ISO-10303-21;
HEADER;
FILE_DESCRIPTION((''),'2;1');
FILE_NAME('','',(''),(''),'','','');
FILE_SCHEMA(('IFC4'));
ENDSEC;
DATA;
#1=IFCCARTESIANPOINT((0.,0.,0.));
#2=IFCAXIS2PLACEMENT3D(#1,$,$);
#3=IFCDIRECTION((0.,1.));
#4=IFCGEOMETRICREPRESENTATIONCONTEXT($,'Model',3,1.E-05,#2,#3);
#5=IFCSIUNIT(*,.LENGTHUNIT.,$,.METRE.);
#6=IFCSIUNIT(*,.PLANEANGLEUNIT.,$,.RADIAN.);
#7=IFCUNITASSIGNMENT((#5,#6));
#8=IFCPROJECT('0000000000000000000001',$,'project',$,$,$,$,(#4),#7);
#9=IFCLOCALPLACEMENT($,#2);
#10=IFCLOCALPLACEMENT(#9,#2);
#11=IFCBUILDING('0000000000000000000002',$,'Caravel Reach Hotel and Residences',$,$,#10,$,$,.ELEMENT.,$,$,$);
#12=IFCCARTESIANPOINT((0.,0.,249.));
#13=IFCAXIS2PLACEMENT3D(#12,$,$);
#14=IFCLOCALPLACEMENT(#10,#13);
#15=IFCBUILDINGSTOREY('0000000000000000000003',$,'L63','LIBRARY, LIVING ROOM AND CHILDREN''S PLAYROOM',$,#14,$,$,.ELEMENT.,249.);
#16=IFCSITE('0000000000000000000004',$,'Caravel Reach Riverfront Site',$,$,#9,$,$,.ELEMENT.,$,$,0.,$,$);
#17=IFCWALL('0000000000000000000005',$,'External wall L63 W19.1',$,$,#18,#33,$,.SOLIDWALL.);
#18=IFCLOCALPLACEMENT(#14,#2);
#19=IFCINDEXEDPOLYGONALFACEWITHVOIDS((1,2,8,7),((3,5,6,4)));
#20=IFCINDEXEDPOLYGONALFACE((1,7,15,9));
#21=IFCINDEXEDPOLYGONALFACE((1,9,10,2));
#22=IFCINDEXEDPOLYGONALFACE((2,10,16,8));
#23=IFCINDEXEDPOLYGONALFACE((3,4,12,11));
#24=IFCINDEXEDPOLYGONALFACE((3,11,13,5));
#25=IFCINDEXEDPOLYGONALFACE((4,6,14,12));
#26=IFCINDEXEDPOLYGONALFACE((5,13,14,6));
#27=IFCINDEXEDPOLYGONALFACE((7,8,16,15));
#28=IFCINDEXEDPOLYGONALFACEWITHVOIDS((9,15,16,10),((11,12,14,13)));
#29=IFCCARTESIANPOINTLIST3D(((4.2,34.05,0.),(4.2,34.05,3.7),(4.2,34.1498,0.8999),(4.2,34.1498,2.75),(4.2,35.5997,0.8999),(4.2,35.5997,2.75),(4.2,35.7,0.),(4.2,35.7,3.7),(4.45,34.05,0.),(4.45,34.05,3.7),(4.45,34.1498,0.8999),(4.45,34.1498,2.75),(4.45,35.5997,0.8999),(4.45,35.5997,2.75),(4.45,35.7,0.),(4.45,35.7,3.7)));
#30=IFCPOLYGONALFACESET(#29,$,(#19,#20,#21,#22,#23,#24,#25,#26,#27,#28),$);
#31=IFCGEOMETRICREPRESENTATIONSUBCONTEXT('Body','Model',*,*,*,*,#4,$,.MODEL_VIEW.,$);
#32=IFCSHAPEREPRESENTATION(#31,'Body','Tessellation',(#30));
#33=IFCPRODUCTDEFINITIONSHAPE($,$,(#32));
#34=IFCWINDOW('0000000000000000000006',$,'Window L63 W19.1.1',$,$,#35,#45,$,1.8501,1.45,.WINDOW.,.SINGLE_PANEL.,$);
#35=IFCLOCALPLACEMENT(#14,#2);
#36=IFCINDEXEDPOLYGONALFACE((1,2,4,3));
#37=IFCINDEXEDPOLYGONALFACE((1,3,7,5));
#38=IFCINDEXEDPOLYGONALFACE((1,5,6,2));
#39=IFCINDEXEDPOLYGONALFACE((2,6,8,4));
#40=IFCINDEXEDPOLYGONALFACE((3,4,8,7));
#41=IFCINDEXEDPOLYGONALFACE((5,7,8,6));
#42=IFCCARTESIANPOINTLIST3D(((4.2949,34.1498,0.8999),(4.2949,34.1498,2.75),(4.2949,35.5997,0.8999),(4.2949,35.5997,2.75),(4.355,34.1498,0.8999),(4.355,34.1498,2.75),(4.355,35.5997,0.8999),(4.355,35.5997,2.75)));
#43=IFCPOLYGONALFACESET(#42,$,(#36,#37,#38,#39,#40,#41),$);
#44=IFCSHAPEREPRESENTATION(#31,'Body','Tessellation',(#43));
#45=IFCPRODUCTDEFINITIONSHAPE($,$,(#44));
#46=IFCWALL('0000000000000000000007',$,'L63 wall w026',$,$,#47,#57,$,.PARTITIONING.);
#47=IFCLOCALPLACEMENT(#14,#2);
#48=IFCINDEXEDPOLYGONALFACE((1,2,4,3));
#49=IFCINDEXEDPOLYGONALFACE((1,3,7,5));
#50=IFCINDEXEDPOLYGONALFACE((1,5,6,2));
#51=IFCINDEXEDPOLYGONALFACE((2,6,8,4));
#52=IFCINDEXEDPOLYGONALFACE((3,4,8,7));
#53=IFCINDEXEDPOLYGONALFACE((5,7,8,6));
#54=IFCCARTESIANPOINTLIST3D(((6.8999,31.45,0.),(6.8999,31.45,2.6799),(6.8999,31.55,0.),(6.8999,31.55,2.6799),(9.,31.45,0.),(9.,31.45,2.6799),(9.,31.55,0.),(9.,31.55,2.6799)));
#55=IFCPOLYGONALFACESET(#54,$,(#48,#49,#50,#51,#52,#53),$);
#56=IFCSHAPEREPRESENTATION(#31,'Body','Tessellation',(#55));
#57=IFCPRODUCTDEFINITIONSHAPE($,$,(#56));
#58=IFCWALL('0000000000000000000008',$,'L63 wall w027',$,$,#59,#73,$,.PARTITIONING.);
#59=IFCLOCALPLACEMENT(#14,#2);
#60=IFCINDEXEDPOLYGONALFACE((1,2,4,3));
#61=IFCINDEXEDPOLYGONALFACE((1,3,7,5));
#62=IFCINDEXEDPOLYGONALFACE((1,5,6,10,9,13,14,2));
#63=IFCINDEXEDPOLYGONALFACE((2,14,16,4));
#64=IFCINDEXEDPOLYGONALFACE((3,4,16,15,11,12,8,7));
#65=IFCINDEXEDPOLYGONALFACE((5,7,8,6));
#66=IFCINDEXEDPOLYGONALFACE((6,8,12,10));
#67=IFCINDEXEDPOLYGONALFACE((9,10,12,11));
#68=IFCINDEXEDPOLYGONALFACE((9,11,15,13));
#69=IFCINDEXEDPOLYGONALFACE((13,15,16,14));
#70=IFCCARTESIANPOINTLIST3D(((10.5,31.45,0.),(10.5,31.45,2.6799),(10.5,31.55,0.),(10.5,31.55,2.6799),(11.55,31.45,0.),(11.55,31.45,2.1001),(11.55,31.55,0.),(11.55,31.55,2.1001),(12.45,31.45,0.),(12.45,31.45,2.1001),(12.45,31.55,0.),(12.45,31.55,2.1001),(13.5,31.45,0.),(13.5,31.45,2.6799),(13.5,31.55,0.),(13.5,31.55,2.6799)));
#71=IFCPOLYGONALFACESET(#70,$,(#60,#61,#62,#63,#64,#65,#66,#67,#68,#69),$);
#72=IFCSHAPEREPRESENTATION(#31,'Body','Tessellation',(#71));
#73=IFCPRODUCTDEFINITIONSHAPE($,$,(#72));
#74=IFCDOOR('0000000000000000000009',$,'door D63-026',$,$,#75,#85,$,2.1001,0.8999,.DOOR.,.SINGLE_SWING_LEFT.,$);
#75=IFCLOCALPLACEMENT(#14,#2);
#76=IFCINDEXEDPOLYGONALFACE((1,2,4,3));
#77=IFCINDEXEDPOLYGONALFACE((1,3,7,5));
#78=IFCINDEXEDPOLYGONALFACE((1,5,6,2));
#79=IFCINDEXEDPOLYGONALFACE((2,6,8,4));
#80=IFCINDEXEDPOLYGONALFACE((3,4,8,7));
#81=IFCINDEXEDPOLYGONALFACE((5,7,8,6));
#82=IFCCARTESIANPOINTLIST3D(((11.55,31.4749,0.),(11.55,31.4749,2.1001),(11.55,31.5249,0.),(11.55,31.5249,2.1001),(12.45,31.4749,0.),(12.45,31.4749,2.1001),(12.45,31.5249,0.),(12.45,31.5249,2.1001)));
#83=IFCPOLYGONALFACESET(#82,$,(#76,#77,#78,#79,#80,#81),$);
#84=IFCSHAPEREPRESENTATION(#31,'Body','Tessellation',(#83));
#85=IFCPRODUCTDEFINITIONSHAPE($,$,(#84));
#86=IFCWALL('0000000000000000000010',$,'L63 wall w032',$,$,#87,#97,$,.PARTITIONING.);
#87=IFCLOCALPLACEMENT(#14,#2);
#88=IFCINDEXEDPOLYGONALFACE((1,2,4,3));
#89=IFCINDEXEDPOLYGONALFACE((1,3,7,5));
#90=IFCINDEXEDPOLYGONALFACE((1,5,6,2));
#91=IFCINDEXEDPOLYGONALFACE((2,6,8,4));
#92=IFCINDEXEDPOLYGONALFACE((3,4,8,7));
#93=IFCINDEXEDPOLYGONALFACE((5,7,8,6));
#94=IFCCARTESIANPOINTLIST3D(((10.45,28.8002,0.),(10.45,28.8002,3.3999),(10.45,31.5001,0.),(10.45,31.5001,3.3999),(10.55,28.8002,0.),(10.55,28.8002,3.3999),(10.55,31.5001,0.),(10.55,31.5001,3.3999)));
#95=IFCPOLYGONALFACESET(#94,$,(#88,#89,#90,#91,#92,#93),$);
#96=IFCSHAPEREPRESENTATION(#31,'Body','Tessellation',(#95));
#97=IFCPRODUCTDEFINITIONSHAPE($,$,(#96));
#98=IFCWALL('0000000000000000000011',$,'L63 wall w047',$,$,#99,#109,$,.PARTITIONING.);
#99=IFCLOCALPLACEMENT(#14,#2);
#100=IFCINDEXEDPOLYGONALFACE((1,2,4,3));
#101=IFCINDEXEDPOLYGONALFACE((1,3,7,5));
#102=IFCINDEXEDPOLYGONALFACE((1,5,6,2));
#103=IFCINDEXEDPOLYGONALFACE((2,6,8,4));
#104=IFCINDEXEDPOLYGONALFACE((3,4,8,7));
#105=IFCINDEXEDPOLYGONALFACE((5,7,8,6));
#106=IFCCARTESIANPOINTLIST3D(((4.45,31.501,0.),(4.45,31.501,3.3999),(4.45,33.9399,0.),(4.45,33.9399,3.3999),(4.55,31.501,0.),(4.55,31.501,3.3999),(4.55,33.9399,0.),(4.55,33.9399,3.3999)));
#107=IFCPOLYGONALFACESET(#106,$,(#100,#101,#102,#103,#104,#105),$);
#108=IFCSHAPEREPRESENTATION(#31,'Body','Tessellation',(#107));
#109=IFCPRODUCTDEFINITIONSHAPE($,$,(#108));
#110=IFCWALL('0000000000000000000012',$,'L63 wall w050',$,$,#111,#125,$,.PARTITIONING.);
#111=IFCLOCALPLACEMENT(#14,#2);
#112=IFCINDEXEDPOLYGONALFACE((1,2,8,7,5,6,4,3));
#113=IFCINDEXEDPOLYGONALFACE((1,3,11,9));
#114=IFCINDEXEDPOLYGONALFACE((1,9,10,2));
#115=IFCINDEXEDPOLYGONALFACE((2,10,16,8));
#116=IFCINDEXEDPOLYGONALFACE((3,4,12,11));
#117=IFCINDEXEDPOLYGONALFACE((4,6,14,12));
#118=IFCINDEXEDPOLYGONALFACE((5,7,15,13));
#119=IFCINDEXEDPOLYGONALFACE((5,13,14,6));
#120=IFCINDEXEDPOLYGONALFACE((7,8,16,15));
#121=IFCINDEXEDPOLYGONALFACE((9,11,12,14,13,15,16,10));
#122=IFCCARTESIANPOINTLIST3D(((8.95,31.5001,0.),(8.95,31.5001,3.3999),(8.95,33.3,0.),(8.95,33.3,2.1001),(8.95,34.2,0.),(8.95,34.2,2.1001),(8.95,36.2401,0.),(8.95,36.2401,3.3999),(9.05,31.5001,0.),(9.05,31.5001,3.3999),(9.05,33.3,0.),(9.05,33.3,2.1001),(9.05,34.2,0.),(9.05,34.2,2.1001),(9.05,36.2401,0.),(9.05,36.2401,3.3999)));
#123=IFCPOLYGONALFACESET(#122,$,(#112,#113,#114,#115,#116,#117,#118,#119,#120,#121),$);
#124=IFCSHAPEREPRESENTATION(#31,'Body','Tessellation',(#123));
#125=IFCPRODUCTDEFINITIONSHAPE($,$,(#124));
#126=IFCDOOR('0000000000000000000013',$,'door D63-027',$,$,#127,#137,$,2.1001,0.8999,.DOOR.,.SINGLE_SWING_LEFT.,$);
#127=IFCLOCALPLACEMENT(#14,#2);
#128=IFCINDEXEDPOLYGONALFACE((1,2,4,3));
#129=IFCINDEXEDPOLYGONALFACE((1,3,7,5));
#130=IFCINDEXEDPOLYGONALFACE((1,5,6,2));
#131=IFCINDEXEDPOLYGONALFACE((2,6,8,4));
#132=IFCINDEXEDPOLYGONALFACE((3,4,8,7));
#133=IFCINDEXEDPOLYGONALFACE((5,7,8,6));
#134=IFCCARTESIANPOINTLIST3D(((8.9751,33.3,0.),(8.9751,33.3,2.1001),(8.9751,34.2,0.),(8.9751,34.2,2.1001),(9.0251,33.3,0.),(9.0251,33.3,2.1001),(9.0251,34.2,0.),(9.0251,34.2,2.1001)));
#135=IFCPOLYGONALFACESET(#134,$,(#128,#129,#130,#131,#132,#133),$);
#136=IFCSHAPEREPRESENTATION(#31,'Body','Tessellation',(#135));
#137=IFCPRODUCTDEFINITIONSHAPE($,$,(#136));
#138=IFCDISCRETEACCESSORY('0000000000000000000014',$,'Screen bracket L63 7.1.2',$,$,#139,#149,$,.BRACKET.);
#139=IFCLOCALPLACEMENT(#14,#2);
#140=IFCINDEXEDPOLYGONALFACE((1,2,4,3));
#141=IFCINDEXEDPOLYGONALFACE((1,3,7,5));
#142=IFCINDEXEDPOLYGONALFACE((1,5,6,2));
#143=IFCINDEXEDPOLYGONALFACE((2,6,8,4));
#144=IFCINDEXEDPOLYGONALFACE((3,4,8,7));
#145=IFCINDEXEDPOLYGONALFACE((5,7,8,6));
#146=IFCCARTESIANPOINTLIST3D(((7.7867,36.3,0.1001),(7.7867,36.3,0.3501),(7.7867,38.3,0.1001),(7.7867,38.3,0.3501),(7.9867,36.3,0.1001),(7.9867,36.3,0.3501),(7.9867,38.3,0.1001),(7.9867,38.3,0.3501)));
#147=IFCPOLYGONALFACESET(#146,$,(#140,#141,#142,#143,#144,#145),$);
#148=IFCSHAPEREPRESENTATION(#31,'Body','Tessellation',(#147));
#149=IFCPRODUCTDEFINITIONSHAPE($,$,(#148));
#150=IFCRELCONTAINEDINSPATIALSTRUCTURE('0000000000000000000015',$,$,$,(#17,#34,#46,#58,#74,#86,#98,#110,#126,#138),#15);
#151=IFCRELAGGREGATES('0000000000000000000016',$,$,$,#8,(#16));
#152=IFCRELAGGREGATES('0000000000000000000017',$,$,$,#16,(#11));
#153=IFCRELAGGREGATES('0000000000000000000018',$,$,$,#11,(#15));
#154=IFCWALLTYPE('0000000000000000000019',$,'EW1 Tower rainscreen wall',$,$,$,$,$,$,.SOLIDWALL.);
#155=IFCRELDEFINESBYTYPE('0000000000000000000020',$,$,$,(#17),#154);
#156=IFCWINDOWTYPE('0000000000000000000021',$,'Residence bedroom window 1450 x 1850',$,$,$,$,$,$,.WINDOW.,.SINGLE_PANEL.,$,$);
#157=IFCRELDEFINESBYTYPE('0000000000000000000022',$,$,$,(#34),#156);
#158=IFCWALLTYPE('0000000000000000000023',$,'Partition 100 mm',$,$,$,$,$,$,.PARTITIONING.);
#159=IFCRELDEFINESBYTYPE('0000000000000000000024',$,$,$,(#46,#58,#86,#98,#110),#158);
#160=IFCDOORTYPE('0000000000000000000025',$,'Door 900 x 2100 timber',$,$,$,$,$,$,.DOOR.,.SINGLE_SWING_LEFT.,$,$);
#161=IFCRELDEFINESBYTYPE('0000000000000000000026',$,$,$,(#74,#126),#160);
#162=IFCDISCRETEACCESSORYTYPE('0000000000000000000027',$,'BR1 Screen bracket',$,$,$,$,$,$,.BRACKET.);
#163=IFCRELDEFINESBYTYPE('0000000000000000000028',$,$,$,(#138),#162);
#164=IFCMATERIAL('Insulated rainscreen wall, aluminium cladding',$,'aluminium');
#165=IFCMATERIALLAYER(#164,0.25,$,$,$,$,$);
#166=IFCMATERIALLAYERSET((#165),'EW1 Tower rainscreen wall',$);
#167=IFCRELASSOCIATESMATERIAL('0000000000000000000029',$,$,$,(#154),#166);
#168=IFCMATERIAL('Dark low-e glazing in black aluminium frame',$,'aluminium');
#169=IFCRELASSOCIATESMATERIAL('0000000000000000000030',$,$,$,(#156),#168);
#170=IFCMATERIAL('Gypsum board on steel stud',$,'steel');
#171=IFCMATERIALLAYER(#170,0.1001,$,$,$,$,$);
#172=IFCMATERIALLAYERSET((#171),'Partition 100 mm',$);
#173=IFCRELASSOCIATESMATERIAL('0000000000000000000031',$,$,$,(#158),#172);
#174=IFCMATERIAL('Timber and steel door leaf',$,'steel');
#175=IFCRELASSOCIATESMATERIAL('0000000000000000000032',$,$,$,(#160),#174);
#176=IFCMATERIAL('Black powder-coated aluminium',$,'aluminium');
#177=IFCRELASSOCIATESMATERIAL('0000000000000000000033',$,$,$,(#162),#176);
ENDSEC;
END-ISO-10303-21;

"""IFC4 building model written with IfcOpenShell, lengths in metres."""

from ifc_helpers import new_model, si_unit, direction, frame, frame_2d, origin, origin_2d, place, context, subcontext, project, spatial, rectangle, extrude, material, layer, layer_set, type_object, element, fill, save


model = new_model("IFC4")

# Units and contexts
model_context = context("Model", 3, precision=1e-05, world=origin(), true_north=direction((0.0, 1.0)))
body_context = subcontext(model_context, "Body", "Model", "MODEL_VIEW")
ifc_project = project(units=[si_unit("LENGTHUNIT", "METRE"), si_unit("PLANEANGLEUNIT", "RADIAN")], contexts=[model_context])

# Site, building, storey
site_placement = place(None, origin())
site = spatial("IfcSite", under=ifc_project, at=site_placement, Name="Caravel Reach Riverfront Site", CompositionType="ELEMENT", RefElevation=0.0)
building_placement = place(site_placement, origin())
building = spatial("IfcBuilding", under=site, at=building_placement, Name="Caravel Reach Hotel and Residences", CompositionType="ELEMENT")
storey_placement = place(building_placement, frame((0.0, 0.0, 249.0)))
storey = spatial("IfcBuildingStorey", under=building, at=storey_placement, Name="L63", Description="LIBRARY, LIVING ROOM AND CHILDREN'S PLAYROOM", CompositionType="ELEMENT", Elevation=249.0)

# Wall, opening, window
ifc_material_1 = material(Name="Insulated rainscreen wall, aluminium cladding", Category="aluminium")
ifc_layer_1 = layer(ifc_material_1, 0.25)
ifc_layer_set_1 = layer_set([ifc_layer_1], Name="EW1 Tower rainscreen wall")
wall_type_1 = type_object("IfcWallType", Name="EW1 Tower rainscreen wall", PredefinedType="SOLIDWALL", material=ifc_layer_set_1)
wall_1_placement = place(storey_placement, frame((4.325, 35.7, 0.0), z_axis=(0.0, 0.0, 1.0), x_axis=(0.0, -1.0, 0.0)))
wall_1 = element("IfcWall", 1, at=wall_1_placement, inside=storey, type_object=wall_type_1, Name="External wall L63 W19.1", PredefinedType="SOLIDWALL", context=body_context, shape_type="SweptSolid", body=[
    extrude(rectangle(XDim=1.6499, YDim=0.25, at=frame_2d((0.825, 0.0))), origin(), (0.0, 0.0, 1.0), 3.7),
])
opening_1_placement = place(wall_1_placement, frame((0.1001, 0.0, 0.8999)))
opening_1 = element("IfcOpeningElement", 2, at=opening_1_placement, cuts=wall_1, PredefinedType="OPENING", context=body_context, shape_type="SweptSolid", body=[
    extrude(rectangle(XDim=1.45, YDim=1.8501, at=frame_2d((0.7251, 0.925))), frame((0.0, 0.135, 0.0), z_axis=(0.0, -1.0, 0.0), x_axis=(1.0, 0.0, 0.0)), (0.0, 0.0, 1.0), 0.27),
])
ifc_material_2 = material(Name="Dark low-e glazing in black aluminium frame", Category="aluminium")
window_type = type_object("IfcWindowType", Name="Residence bedroom window 1450 x 1850", PartitioningType="SINGLE_PANEL", PredefinedType="WINDOW", material=ifc_material_2)
window_placement = place(opening_1_placement, origin())
window = element("IfcWindow", 3, at=window_placement, inside=storey, type_object=window_type, Name="Window L63 W19.1.1", OverallHeight=1.8501, OverallWidth=1.45, PartitioningType="SINGLE_PANEL", PredefinedType="WINDOW", context=body_context, shape_type="SweptSolid", body=[
    extrude(rectangle(XDim=1.45, YDim=1.8501, at=frame_2d((0.7251, 0.925))), frame((0.0, 0.03, 0.0), z_axis=(0.0, -1.0, 0.0), x_axis=(1.0, 0.0, 0.0)), (0.0, 0.0, 1.0), 0.0601),
])
fill(opening_1, window)

# Wall
ifc_material_3 = material(Name="Gypsum board on steel stud", Category="steel")
ifc_layer_2 = layer(ifc_material_3, 0.1001)
ifc_layer_set_2 = layer_set([ifc_layer_2], Name="Partition 100 mm")
wall_type_2 = type_object("IfcWallType", Name="Partition 100 mm", PredefinedType="PARTITIONING", material=ifc_layer_set_2)
wall_2_placement = place(storey_placement, frame((6.8999, 31.5, 0.0), z_axis=(0.0, 0.0, 1.0), x_axis=(1.0, 0.0, 0.0)))
element("IfcWall", 4, at=wall_2_placement, inside=storey, type_object=wall_type_2, Name="L63 wall w026", PredefinedType="PARTITIONING", context=body_context, shape_type="SweptSolid", body=[
    extrude(rectangle(XDim=2.1001, YDim=0.1001, at=frame_2d((1.05, 0.0))), origin(), (0.0, 0.0, 1.0), 2.6799),
])

# Wall, opening, door
wall_3_placement = place(storey_placement, frame((10.5, 31.5, 0.0), z_axis=(0.0, 0.0, 1.0), x_axis=(1.0, 0.0, 0.0)))
wall_3 = element("IfcWall", 5, at=wall_3_placement, inside=storey, type_object=wall_type_2, Name="L63 wall w027", PredefinedType="PARTITIONING", context=body_context, shape_type="SweptSolid", body=[
    extrude(rectangle(XDim=3.0, YDim=0.1001, at=frame_2d((1.5, 0.0))), origin(), (0.0, 0.0, 1.0), 2.6799),
])
opening_2_placement = place(wall_3_placement, frame((1.05, 0.0, 0.0)))
opening_2 = element("IfcOpeningElement", 6, at=opening_2_placement, cuts=wall_3, PredefinedType="OPENING", context=body_context, shape_type="SweptSolid", body=[
    extrude(rectangle(XDim=0.8999, YDim=2.1001, at=frame_2d((0.45, 1.05))), frame((0.0, 0.0601, 0.0), z_axis=(0.0, -1.0, 0.0), x_axis=(1.0, 0.0, 0.0)), (0.0, 0.0, 1.0), 0.1201),
])
ifc_material_4 = material(Name="Timber and steel door leaf", Category="steel")
door_type_1 = type_object("IfcDoorType", Name="Door 900 x 2100 timber", OperationType="SINGLE_SWING_LEFT", PredefinedType="DOOR", material=ifc_material_4)
door_1_placement = place(opening_2_placement, origin())
door_1 = element("IfcDoor", 7, at=door_1_placement, inside=storey, type_object=door_type_1, Name="door D63-026", OperationType="SINGLE_SWING_LEFT", OverallHeight=2.1001, OverallWidth=0.8999, PredefinedType="DOOR", context=body_context, shape_type="SweptSolid", body=[
    extrude(rectangle(XDim=0.8999, YDim=2.1001, at=frame_2d((0.45, 1.05))), frame((0.0, 0.0249, 0.0), z_axis=(0.0, -1.0, 0.0), x_axis=(1.0, 0.0, 0.0)), (0.0, 0.0, 1.0), 0.05),
])
fill(opening_2, door_1)

# Walls
wall_4_placement = place(storey_placement, frame((10.5, 28.8, 0.0), z_axis=(0.0, 0.0, 1.0), x_axis=(0.0, 1.0, 0.0)))
element("IfcWall", 8, at=wall_4_placement, inside=storey, type_object=wall_type_2, Name="L63 wall w032", PredefinedType="PARTITIONING", context=body_context, shape_type="SweptSolid", body=[
    extrude(rectangle(XDim=2.7, YDim=0.1001, at=frame_2d((1.3501, 0.0))), origin(), (0.0, 0.0, 1.0), 3.3999),
])
wall_5_placement = place(storey_placement, frame((4.5, 31.501, 0.0), z_axis=(0.0, 0.0, 1.0), x_axis=(0.0, 1.0, 0.0)))
element("IfcWall", 9, at=wall_5_placement, inside=storey, type_object=wall_type_2, Name="L63 wall w047", PredefinedType="PARTITIONING", context=body_context, shape_type="SweptSolid", body=[
    extrude(rectangle(XDim=2.439, YDim=0.1001, at=frame_2d((1.2195, 0.0))), origin(), (0.0, 0.0, 1.0), 3.3999),
])

# Wall, opening, door
wall_6_placement = place(storey_placement, frame((9.0, 31.5, 0.0), z_axis=(0.0, 0.0, 1.0), x_axis=(0.0, 1.0, 0.0)))
wall_6 = element("IfcWall", 10, at=wall_6_placement, inside=storey, type_object=wall_type_2, Name="L63 wall w050", PredefinedType="PARTITIONING", context=body_context, shape_type="SweptSolid", body=[
    extrude(rectangle(XDim=4.74, YDim=0.1001, at=frame_2d((2.3701, 0.0))), origin(), (0.0, 0.0, 1.0), 3.3999),
])
opening_3_placement = place(wall_6_placement, frame((1.8, 0.0, 0.0)))
opening_3 = element("IfcOpeningElement", 11, at=opening_3_placement, cuts=wall_6, PredefinedType="OPENING", context=body_context, shape_type="SweptSolid", body=[
    extrude(rectangle(XDim=0.8999, YDim=2.1001, at=frame_2d((0.45, 1.05))), frame((0.0, 0.0601, 0.0), z_axis=(0.0, -1.0, 0.0), x_axis=(1.0, 0.0, 0.0)), (0.0, 0.0, 1.0), 0.1201),
])
door_2_placement = place(opening_3_placement, origin())
door_2 = element("IfcDoor", 12, at=door_2_placement, inside=storey, type_object=door_type_1, Name="door D63-027", OperationType="SINGLE_SWING_LEFT", OverallHeight=2.1001, OverallWidth=0.8999, PredefinedType="DOOR", context=body_context, shape_type="SweptSolid", body=[
    extrude(rectangle(XDim=0.8999, YDim=2.1001, at=frame_2d((0.45, 1.05))), frame((0.0, 0.0249, 0.0), z_axis=(0.0, -1.0, 0.0), x_axis=(1.0, 0.0, 0.0)), (0.0, 0.0, 1.0), 0.05),
])
fill(opening_3, door_2)

# Discrete accessory
ifc_material_5 = material(Name="Black powder-coated aluminium", Category="aluminium")
discrete_accessory_type = type_object("IfcDiscreteAccessoryType", Name="BR1 Screen bracket", PredefinedType="BRACKET", material=ifc_material_5)
discrete_accessory_placement = place(storey_placement, frame((7.8867, 37.3, 0.1001), z_axis=(0.0, 0.0, 1.0), x_axis=(0.0, 1.0, 0.0)))
element("IfcDiscreteAccessory", 13, at=discrete_accessory_placement, inside=storey, type_object=discrete_accessory_type, Name="Screen bracket L63 7.1.2", PredefinedType="BRACKET", context=body_context, shape_type="SweptSolid", body=[
    extrude(rectangle(XDim=2.0, YDim=0.2, at=origin_2d()), origin(), (0.0, 0.0, 1.0), 0.25),
])

save(model, "model.ifc")
